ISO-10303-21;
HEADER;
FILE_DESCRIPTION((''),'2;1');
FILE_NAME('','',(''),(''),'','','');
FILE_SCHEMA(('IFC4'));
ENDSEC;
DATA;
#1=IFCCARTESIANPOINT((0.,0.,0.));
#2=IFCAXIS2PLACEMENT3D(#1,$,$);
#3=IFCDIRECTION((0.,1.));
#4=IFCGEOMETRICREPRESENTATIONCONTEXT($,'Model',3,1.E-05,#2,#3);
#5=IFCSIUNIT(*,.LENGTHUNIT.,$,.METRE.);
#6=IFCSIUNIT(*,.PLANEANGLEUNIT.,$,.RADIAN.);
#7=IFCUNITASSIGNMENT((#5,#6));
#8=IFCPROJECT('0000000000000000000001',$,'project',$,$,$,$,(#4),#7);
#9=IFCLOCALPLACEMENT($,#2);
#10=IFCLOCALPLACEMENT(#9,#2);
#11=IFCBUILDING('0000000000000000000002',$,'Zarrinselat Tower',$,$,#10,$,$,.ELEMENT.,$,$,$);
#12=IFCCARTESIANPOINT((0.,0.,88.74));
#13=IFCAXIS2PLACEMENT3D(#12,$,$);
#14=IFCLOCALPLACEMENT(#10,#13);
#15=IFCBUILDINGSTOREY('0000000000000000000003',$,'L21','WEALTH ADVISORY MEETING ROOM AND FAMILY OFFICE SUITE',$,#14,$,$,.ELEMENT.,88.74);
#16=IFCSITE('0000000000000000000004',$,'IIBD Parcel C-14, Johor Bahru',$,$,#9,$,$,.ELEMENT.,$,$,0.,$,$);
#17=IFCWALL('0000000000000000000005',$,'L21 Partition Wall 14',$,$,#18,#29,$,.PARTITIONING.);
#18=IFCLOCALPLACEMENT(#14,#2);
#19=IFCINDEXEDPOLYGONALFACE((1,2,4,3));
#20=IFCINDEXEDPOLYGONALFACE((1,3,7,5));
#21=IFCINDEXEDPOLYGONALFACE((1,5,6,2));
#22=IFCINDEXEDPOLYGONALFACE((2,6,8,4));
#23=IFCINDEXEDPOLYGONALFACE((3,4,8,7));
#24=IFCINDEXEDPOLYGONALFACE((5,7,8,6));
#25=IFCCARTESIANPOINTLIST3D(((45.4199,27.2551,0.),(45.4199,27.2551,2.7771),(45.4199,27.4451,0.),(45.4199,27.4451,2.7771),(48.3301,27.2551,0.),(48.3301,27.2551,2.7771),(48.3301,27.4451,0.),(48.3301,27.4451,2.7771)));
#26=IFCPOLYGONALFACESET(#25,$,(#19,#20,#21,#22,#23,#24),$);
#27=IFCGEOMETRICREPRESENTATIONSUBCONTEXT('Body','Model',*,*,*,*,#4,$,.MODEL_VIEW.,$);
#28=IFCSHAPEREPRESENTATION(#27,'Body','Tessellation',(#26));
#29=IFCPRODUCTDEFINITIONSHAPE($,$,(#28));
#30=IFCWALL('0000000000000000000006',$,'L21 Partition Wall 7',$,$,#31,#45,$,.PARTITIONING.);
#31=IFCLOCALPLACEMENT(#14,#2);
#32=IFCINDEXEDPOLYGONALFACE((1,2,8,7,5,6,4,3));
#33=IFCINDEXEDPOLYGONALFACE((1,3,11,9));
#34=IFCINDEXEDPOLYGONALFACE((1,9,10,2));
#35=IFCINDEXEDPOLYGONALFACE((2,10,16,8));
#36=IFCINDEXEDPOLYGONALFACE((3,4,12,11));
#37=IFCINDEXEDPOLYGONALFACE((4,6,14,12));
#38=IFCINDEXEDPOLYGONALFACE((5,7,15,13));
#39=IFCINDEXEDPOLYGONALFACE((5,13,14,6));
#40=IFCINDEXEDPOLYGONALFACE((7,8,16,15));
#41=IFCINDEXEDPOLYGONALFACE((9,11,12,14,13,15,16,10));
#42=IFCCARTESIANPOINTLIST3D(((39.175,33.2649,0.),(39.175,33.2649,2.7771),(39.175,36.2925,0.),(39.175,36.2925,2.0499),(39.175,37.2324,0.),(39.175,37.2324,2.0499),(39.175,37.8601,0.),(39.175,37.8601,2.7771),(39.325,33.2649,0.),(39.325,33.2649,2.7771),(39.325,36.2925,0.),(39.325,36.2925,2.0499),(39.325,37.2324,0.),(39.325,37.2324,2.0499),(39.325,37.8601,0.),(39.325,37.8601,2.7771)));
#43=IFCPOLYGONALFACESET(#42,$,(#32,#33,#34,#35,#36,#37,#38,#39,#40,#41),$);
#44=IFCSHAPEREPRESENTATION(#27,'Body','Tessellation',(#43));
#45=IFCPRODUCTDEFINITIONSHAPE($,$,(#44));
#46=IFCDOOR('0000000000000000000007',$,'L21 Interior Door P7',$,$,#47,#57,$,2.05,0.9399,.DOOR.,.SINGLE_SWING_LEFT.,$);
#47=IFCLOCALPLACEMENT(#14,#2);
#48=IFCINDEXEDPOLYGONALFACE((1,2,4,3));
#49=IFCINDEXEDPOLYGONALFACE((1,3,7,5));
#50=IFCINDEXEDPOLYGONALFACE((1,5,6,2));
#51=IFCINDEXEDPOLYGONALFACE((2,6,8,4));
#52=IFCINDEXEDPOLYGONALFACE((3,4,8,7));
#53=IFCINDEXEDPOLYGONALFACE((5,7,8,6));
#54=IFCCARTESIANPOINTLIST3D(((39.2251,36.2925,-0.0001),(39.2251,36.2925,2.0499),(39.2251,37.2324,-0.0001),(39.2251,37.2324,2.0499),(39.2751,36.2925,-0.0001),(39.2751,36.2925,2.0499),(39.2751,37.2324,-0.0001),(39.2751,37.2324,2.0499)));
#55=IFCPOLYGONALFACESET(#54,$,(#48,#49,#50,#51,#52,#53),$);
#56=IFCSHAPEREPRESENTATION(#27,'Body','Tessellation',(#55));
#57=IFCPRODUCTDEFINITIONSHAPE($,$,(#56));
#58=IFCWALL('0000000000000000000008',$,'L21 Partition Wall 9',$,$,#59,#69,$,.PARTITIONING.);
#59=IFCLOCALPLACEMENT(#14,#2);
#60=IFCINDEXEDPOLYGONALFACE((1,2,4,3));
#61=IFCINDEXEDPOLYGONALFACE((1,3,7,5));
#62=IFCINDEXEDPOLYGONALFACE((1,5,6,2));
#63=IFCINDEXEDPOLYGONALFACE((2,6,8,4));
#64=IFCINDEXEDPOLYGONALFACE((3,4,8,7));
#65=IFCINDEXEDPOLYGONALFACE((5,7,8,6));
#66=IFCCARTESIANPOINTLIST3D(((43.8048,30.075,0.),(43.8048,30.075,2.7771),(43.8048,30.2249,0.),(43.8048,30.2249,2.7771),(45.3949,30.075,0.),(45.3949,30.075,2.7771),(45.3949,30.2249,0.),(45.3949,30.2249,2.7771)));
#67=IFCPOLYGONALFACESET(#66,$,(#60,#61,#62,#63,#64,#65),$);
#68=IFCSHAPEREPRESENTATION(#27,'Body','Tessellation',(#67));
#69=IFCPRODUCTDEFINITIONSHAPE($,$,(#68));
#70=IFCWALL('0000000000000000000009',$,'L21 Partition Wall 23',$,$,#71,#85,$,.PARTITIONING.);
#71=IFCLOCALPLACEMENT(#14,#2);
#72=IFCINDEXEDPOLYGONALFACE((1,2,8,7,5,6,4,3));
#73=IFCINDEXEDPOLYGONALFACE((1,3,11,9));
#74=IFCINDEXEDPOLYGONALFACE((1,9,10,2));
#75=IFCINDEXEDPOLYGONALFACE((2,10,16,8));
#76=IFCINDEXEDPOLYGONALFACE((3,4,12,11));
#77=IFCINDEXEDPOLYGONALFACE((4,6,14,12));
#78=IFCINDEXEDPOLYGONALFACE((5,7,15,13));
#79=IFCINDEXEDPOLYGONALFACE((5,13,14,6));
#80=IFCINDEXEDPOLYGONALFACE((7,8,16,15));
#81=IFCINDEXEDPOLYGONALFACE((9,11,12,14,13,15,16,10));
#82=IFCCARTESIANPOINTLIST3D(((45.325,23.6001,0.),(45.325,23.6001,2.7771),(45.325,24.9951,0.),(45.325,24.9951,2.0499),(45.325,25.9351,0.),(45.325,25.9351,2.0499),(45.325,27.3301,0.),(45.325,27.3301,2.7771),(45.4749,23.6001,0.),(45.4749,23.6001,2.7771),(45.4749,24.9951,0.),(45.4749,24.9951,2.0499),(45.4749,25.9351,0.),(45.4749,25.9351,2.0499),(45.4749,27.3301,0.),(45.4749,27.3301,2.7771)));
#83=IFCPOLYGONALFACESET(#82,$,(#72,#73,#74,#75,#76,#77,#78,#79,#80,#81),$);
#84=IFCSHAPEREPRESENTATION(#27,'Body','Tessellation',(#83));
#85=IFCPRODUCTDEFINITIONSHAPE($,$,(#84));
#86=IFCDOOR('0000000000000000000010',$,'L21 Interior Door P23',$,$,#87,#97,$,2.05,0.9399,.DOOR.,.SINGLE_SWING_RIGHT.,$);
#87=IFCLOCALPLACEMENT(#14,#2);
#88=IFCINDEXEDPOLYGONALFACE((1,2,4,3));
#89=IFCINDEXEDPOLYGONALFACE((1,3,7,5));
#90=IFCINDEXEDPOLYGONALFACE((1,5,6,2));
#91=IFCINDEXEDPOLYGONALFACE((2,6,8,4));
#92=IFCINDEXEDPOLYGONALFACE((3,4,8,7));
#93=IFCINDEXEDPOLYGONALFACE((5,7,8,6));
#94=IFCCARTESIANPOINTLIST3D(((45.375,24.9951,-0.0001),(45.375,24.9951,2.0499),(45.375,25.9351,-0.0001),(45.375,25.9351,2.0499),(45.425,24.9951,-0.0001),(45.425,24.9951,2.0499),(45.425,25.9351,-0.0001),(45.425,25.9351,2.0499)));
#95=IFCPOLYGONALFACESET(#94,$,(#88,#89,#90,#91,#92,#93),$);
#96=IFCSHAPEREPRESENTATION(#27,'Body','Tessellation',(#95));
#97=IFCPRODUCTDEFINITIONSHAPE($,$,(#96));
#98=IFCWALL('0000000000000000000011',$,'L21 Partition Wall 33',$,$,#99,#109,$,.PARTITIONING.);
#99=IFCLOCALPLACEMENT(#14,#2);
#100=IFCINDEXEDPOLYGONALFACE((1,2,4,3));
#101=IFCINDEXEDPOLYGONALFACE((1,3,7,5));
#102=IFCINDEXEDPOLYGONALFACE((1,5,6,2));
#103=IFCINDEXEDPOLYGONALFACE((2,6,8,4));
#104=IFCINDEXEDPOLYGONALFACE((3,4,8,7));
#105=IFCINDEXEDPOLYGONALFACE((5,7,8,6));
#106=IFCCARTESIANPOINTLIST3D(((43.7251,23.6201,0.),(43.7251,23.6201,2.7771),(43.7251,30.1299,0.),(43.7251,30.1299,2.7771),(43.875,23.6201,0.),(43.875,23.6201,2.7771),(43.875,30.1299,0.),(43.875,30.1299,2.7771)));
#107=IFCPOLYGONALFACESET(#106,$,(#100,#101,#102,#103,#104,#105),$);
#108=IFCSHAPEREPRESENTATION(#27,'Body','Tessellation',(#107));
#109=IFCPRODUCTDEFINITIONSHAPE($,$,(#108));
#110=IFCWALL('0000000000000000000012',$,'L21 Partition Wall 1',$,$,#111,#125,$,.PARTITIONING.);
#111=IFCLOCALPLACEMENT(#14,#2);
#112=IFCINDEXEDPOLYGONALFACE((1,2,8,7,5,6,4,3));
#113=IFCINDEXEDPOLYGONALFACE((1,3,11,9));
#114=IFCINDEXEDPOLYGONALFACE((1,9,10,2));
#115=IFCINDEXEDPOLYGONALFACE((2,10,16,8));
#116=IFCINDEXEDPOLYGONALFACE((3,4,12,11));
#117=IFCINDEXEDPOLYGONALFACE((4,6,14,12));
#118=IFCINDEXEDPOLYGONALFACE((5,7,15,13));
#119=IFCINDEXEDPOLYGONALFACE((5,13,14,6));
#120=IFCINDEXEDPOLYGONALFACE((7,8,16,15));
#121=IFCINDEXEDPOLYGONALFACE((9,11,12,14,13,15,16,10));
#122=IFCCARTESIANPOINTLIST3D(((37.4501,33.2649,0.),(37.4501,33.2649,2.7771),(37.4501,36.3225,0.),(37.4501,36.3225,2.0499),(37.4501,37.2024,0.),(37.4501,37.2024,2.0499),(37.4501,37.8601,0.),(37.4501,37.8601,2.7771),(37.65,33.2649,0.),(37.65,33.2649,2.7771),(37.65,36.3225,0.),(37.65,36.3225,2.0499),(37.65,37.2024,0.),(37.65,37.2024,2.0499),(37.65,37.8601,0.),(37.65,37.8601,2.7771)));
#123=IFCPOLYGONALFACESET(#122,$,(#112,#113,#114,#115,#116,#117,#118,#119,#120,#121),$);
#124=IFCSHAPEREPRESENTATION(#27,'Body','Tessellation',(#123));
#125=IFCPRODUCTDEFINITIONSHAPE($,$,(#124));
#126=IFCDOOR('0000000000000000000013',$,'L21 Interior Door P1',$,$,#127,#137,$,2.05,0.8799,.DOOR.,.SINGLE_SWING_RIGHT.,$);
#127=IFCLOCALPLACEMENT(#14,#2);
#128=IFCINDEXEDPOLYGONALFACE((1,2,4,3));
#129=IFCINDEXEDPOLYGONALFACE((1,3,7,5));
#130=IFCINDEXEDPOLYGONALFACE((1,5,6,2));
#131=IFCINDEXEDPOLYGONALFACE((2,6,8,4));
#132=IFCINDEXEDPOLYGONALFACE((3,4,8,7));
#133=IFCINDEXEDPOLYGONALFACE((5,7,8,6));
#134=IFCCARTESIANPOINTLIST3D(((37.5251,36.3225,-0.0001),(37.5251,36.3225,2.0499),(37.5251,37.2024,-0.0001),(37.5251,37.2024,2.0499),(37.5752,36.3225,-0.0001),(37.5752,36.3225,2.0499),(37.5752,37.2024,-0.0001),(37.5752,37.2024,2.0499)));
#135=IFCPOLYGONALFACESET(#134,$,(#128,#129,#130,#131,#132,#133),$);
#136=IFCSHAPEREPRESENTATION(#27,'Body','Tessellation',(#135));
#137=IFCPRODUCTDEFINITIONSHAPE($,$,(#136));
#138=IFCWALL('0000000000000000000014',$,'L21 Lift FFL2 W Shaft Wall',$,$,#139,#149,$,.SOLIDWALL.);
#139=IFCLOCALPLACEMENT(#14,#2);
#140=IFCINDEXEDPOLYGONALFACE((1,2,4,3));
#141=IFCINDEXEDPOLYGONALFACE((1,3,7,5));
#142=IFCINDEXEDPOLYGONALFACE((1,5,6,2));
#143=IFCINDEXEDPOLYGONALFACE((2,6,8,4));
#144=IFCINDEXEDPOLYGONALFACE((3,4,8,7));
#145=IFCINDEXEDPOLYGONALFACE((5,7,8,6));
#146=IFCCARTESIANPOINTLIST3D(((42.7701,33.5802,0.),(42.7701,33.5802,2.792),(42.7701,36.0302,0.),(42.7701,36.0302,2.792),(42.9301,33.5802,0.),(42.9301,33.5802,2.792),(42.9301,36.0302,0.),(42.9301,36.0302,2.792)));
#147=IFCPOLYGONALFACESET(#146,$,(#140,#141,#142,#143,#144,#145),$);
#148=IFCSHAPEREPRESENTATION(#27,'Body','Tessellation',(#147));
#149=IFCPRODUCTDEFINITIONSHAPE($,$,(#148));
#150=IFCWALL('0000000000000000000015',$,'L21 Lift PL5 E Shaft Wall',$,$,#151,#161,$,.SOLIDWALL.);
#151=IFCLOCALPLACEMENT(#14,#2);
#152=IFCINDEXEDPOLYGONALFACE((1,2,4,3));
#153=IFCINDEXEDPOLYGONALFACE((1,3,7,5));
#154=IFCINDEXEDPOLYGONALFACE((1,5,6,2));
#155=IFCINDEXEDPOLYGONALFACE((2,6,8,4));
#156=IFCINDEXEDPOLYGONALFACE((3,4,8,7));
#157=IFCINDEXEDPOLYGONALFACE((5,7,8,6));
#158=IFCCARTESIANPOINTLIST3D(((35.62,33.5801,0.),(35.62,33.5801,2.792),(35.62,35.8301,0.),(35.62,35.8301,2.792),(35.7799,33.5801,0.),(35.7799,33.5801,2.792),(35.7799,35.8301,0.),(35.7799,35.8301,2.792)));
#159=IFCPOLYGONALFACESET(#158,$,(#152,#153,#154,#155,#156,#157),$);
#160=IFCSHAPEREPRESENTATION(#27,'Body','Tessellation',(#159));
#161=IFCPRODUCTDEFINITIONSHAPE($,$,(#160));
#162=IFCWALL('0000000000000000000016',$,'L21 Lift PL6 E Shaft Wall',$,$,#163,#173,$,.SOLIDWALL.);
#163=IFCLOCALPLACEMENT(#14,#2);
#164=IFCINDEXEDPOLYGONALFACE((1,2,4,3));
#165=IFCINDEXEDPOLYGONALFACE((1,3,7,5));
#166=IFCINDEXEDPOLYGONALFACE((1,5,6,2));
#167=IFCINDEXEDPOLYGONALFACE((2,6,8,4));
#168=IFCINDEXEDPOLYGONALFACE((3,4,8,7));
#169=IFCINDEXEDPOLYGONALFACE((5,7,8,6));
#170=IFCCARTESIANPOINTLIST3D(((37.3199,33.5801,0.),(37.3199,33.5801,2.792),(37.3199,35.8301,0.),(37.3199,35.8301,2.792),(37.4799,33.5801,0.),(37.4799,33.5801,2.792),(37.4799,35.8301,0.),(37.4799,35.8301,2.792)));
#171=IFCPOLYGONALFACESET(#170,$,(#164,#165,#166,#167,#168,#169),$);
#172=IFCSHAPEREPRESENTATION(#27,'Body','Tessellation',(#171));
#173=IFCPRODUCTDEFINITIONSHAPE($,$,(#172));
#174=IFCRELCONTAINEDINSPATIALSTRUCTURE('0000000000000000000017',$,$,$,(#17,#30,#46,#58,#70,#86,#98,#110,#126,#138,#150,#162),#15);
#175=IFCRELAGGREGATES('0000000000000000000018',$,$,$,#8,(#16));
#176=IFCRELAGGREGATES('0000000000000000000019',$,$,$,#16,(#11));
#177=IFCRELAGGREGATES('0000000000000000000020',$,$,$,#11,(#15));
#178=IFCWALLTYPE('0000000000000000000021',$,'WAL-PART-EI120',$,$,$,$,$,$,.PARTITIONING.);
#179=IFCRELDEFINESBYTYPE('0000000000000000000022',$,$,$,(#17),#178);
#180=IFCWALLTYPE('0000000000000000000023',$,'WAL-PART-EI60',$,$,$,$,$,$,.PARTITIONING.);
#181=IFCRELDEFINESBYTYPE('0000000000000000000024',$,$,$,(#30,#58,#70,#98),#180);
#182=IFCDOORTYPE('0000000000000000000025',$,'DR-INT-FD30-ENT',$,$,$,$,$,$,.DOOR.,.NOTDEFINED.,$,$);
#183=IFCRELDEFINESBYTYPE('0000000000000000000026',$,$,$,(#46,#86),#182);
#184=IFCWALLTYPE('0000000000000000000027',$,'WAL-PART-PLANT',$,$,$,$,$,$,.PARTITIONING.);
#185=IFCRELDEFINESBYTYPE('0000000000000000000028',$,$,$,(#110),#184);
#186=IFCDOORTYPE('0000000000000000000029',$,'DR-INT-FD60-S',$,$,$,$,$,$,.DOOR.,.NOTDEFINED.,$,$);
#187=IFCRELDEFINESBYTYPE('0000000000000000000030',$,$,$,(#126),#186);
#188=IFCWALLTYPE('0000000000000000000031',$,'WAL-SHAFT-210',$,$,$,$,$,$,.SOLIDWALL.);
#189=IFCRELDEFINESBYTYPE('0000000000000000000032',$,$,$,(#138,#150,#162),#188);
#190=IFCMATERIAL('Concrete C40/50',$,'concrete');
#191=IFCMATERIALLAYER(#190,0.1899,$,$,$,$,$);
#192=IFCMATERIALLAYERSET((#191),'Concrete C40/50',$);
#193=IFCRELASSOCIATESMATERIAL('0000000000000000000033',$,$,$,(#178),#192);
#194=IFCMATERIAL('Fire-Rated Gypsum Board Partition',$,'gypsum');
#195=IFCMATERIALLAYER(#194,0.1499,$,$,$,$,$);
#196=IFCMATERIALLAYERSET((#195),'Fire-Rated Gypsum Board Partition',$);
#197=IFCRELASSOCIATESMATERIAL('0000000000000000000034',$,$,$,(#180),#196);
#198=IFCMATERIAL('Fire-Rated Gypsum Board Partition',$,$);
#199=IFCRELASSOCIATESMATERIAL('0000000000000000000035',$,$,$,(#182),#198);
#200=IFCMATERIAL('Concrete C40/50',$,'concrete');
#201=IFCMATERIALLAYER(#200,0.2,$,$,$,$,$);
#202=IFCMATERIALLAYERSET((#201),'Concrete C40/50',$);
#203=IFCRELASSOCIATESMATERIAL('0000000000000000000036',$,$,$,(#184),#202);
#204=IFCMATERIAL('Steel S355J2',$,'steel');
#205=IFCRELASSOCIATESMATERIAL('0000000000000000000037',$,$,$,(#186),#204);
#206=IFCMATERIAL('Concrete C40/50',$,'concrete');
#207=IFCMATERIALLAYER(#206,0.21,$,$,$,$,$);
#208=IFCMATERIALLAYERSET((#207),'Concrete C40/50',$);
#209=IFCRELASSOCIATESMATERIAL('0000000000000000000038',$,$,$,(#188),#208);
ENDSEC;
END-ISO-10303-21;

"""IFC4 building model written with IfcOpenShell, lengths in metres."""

from ifc_helpers import new_model, si_unit, direction, frame, frame_2d, origin, place, context, subcontext, project, spatial, rectangle, extrude, material, layer, layer_set, type_object, element, fill, save


model = new_model("IFC4")

# Units and contexts
model_context = context("Model", 3, precision=1e-05, world=origin(), true_north=direction((0.0, 1.0)))
body_context = subcontext(model_context, "Body", "Model", "MODEL_VIEW")
ifc_project = project(units=[si_unit("LENGTHUNIT", "METRE"), si_unit("PLANEANGLEUNIT", "RADIAN")], contexts=[model_context])

# Site, building, storey
site_placement = place(None, origin())
site = spatial("IfcSite", under=ifc_project, at=site_placement, Name="IIBD Parcel C-14, Johor Bahru", CompositionType="ELEMENT", RefElevation=0.0)
building_placement = place(site_placement, origin())
building = spatial("IfcBuilding", under=site, at=building_placement, Name="Zarrinselat Tower", CompositionType="ELEMENT")
storey_placement = place(building_placement, frame((0.0, 0.0, 88.74)))
storey = spatial("IfcBuildingStorey", under=building, at=storey_placement, Name="L21", Description="WEALTH ADVISORY MEETING ROOM AND FAMILY OFFICE SUITE", CompositionType="ELEMENT", Elevation=88.74)

# Shared definitions
ifc_material_1 = material(Name="Concrete C40/50", Category="concrete")
ifc_layer_1 = layer(ifc_material_1, 0.1899)
ifc_layer_set_1 = layer_set([ifc_layer_1], Name="Concrete C40/50")
wall_type_1 = type_object("IfcWallType", Name="WAL-PART-EI120", PredefinedType="PARTITIONING", material=ifc_layer_set_1)

# Wall
wall_1_placement = place(storey_placement, frame((45.4199, 27.3501, 0.0), z_axis=(0.0, 0.0, 1.0), x_axis=(1.0, 0.0, 0.0)))
element("IfcWall", 1, at=wall_1_placement, inside=storey, type_object=wall_type_1, Name="L21 Partition Wall 14", PredefinedType="PARTITIONING", context=body_context, shape_type="SweptSolid", body=[
    extrude(rectangle(XDim=2.9102, YDim=0.1899, at=frame_2d((1.4551, 0.0))), origin(), (0.0, 0.0, 1.0), 2.7771),
])

# Wall, opening, door
ifc_material_2 = material(Name="Fire-Rated Gypsum Board Partition", Category="gypsum")
ifc_layer_2 = layer(ifc_material_2, 0.1499)
ifc_layer_set_2 = layer_set([ifc_layer_2], Name="Fire-Rated Gypsum Board Partition")
wall_type_2 = type_object("IfcWallType", Name="WAL-PART-EI60", PredefinedType="PARTITIONING", material=ifc_layer_set_2)
wall_2_placement = place(storey_placement, frame((39.25, 33.2649, 0.0), z_axis=(0.0, 0.0, 1.0), x_axis=(0.0, 1.0, 0.0)))
wall_2 = element("IfcWall", 2, at=wall_2_placement, inside=storey, type_object=wall_type_2, Name="L21 Partition Wall 7", PredefinedType="PARTITIONING", context=body_context, shape_type="SweptSolid", body=[
    extrude(rectangle(XDim=4.5952, YDim=0.1499, at=frame_2d((2.2976, 0.0))), origin(), (0.0, 0.0, 1.0), 2.7771),
])
opening_1_placement = place(wall_2_placement, frame((3.0276, 0.0, 0.0)))
opening_1 = element("IfcOpeningElement", 3, at=opening_1_placement, cuts=wall_2, PredefinedType="OPENING", context=body_context, shape_type="SweptSolid", body=[
    extrude(rectangle(XDim=0.9399, YDim=2.05, at=frame_2d((0.47, 1.0249))), frame((0.0, 0.085, 0.0), z_axis=(0.0, -1.0, 0.0), x_axis=(1.0, 0.0, 0.0)), (0.0, 0.0, 1.0), 0.1699),
])
ifc_material_3 = material(Name="Fire-Rated Gypsum Board Partition")
door_type_1 = type_object("IfcDoorType", Name="DR-INT-FD30-ENT", OperationType="NOTDEFINED", PredefinedType="DOOR", material=ifc_material_3)
door_1_placement = place(opening_1_placement, origin())
door_1 = element("IfcDoor", 4, at=door_1_placement, inside=storey, type_object=door_type_1, Name="L21 Interior Door P7", OperationType="SINGLE_SWING_LEFT", OverallHeight=2.05, OverallWidth=0.9399, PredefinedType="DOOR", context=body_context, shape_type="SweptSolid", body=[
    extrude(rectangle(XDim=0.9399, YDim=2.05, at=frame_2d((0.47, 1.0249))), frame((0.0, 0.0249, 0.0), z_axis=(0.0, -1.0, 0.0), x_axis=(1.0, 0.0, 0.0)), (0.0, 0.0, 1.0), 0.05),
])
fill(opening_1, door_1)

# Wall
wall_3_placement = place(storey_placement, frame((43.8049, 30.1499, 0.0), z_axis=(0.0, 0.0, 1.0), x_axis=(1.0, 0.0, 0.0)))
element("IfcWall", 5, at=wall_3_placement, inside=storey, type_object=wall_type_2, Name="L21 Partition Wall 9", PredefinedType="PARTITIONING", context=body_context, shape_type="SweptSolid", body=[
    extrude(rectangle(XDim=1.5901, YDim=0.1499, at=frame_2d((0.7949, 0.0))), origin(), (0.0, 0.0, 1.0), 2.7771),
])

# Wall, opening, door
wall_4_placement = place(storey_placement, frame((45.3999, 23.6001, 0.0), z_axis=(0.0, 0.0, 1.0), x_axis=(0.0, 1.0, 0.0)))
wall_4 = element("IfcWall", 6, at=wall_4_placement, inside=storey, type_object=wall_type_2, Name="L21 Partition Wall 23", PredefinedType="PARTITIONING", context=body_context, shape_type="SweptSolid", body=[
    extrude(rectangle(XDim=3.73, YDim=0.1499, at=frame_2d((1.865, 0.0))), origin(), (0.0, 0.0, 1.0), 2.7771),
])
opening_2_placement = place(wall_4_placement, frame((1.395, 0.0, 0.0)))
opening_2 = element("IfcOpeningElement", 7, at=opening_2_placement, cuts=wall_4, PredefinedType="OPENING", context=body_context, shape_type="SweptSolid", body=[
    extrude(rectangle(XDim=0.9399, YDim=2.05, at=frame_2d((0.47, 1.0249))), frame((0.0, 0.085, 0.0), z_axis=(0.0, -1.0, 0.0), x_axis=(1.0, 0.0, 0.0)), (0.0, 0.0, 1.0), 0.1699),
])
door_2_placement = place(opening_2_placement, origin())
door_2 = element("IfcDoor", 8, at=door_2_placement, inside=storey, type_object=door_type_1, Name="L21 Interior Door P23", OperationType="SINGLE_SWING_RIGHT", OverallHeight=2.05, OverallWidth=0.9399, PredefinedType="DOOR", context=body_context, shape_type="SweptSolid", body=[
    extrude(rectangle(XDim=0.9399, YDim=2.05, at=frame_2d((0.47, 1.0249))), frame((0.0, 0.0249, 0.0), z_axis=(0.0, -1.0, 0.0), x_axis=(1.0, 0.0, 0.0)), (0.0, 0.0, 1.0), 0.05),
])
fill(opening_2, door_2)

# Wall
wall_5_placement = place(storey_placement, frame((43.8, 23.6201, 0.0), z_axis=(0.0, 0.0, 1.0), x_axis=(0.0, 1.0, 0.0)))
element("IfcWall", 9, at=wall_5_placement, inside=storey, type_object=wall_type_2, Name="L21 Partition Wall 33", PredefinedType="PARTITIONING", context=body_context, shape_type="SweptSolid", body=[
    extrude(rectangle(XDim=6.5098, YDim=0.1499, at=frame_2d((3.2549, 0.0))), origin(), (0.0, 0.0, 1.0), 2.7771),
])

# Wall, opening, door
ifc_material_4 = material(Name="Concrete C40/50", Category="concrete")
ifc_layer_3 = layer(ifc_material_4, 0.2)
ifc_layer_set_3 = layer_set([ifc_layer_3], Name="Concrete C40/50")
wall_type_3 = type_object("IfcWallType", Name="WAL-PART-PLANT", PredefinedType="PARTITIONING", material=ifc_layer_set_3)
wall_6_placement = place(storey_placement, frame((37.55, 33.2649, 0.0), z_axis=(0.0, 0.0, 1.0), x_axis=(0.0, 1.0, 0.0)))
wall_6 = element("IfcWall", 10, at=wall_6_placement, inside=storey, type_object=wall_type_3, Name="L21 Partition Wall 1", PredefinedType="PARTITIONING", context=body_context, shape_type="SweptSolid", body=[
    extrude(rectangle(XDim=4.5952, YDim=0.2, at=frame_2d((2.2976, 0.0))), origin(), (0.0, 0.0, 1.0), 2.7771),
])
opening_3_placement = place(wall_6_placement, frame((3.0576, 0.0, 0.0)))
opening_3 = element("IfcOpeningElement", 11, at=opening_3_placement, cuts=wall_6, PredefinedType="OPENING", context=body_context, shape_type="SweptSolid", body=[
    extrude(rectangle(XDim=0.8799, YDim=2.05, at=frame_2d((0.4399, 1.0249))), frame((0.0, 0.1099, 0.0), z_axis=(0.0, -1.0, 0.0), x_axis=(1.0, 0.0, 0.0)), (0.0, 0.0, 1.0), 0.22),
])
ifc_material_5 = material(Name="Steel S355J2", Category="steel")
door_type_2 = type_object("IfcDoorType", Name="DR-INT-FD60-S", OperationType="NOTDEFINED", PredefinedType="DOOR", material=ifc_material_5)
door_3_placement = place(opening_3_placement, origin())
door_3 = element("IfcDoor", 12, at=door_3_placement, inside=storey, type_object=door_type_2, Name="L21 Interior Door P1", OperationType="SINGLE_SWING_RIGHT", OverallHeight=2.05, OverallWidth=0.8799, PredefinedType="DOOR", context=body_context, shape_type="SweptSolid", body=[
    extrude(rectangle(XDim=0.8799, YDim=2.05, at=frame_2d((0.4399, 1.0249))), frame((0.0, 0.0249, 0.0), z_axis=(0.0, -1.0, 0.0), x_axis=(1.0, 0.0, 0.0)), (0.0, 0.0, 1.0), 0.05),
])
fill(opening_3, door_3)

# Walls
ifc_material_6 = material(Name="Concrete C40/50", Category="concrete")
ifc_layer_4 = layer(ifc_material_6, 0.21)
ifc_layer_set_4 = layer_set([ifc_layer_4], Name="Concrete C40/50")
wall_type_4 = type_object("IfcWallType", Name="WAL-SHAFT-210", PredefinedType="SOLIDWALL", material=ifc_layer_set_4)
wall_7_placement = place(storey_placement, frame((42.8501, 33.5801, 0.0), z_axis=(0.0, 0.0, 1.0), x_axis=(0.0, 1.0, 0.0)))
element("IfcWall", 13, at=wall_7_placement, inside=storey, type_object=wall_type_4, Name="L21 Lift FFL2 W Shaft Wall", PredefinedType="SOLIDWALL", context=body_context, shape_type="SweptSolid", body=[
    extrude(rectangle(XDim=2.45, YDim=0.1599, at=frame_2d((1.2251, 0.0))), origin(), (0.0, 0.0, 1.0), 2.792),
])
for number, where, z_axis, x_axis, name in (
    (14, (35.7, 33.5801, 0.0), (0.0, 0.0, 1.0), (0.0, 1.0, 0.0), "L21 Lift PL5 E Shaft Wall"),
    (15, (37.3999, 33.5801, 0.0), (0.0, 0.0, 1.0), (0.0, 1.0, 0.0), "L21 Lift PL6 E Shaft Wall"),
):
    element("IfcWall", number, at=place(storey_placement, frame(where, z_axis=z_axis, x_axis=x_axis)), inside=storey, type_object=wall_type_4, Name=name, PredefinedType="SOLIDWALL", context=body_context, shape_type="SweptSolid", body=[
        extrude(rectangle(XDim=2.25, YDim=0.1599, at=frame_2d((1.125, 0.0))), origin(), (0.0, 0.0, 1.0), 2.792),
    ])

save(model, "model.ifc")
